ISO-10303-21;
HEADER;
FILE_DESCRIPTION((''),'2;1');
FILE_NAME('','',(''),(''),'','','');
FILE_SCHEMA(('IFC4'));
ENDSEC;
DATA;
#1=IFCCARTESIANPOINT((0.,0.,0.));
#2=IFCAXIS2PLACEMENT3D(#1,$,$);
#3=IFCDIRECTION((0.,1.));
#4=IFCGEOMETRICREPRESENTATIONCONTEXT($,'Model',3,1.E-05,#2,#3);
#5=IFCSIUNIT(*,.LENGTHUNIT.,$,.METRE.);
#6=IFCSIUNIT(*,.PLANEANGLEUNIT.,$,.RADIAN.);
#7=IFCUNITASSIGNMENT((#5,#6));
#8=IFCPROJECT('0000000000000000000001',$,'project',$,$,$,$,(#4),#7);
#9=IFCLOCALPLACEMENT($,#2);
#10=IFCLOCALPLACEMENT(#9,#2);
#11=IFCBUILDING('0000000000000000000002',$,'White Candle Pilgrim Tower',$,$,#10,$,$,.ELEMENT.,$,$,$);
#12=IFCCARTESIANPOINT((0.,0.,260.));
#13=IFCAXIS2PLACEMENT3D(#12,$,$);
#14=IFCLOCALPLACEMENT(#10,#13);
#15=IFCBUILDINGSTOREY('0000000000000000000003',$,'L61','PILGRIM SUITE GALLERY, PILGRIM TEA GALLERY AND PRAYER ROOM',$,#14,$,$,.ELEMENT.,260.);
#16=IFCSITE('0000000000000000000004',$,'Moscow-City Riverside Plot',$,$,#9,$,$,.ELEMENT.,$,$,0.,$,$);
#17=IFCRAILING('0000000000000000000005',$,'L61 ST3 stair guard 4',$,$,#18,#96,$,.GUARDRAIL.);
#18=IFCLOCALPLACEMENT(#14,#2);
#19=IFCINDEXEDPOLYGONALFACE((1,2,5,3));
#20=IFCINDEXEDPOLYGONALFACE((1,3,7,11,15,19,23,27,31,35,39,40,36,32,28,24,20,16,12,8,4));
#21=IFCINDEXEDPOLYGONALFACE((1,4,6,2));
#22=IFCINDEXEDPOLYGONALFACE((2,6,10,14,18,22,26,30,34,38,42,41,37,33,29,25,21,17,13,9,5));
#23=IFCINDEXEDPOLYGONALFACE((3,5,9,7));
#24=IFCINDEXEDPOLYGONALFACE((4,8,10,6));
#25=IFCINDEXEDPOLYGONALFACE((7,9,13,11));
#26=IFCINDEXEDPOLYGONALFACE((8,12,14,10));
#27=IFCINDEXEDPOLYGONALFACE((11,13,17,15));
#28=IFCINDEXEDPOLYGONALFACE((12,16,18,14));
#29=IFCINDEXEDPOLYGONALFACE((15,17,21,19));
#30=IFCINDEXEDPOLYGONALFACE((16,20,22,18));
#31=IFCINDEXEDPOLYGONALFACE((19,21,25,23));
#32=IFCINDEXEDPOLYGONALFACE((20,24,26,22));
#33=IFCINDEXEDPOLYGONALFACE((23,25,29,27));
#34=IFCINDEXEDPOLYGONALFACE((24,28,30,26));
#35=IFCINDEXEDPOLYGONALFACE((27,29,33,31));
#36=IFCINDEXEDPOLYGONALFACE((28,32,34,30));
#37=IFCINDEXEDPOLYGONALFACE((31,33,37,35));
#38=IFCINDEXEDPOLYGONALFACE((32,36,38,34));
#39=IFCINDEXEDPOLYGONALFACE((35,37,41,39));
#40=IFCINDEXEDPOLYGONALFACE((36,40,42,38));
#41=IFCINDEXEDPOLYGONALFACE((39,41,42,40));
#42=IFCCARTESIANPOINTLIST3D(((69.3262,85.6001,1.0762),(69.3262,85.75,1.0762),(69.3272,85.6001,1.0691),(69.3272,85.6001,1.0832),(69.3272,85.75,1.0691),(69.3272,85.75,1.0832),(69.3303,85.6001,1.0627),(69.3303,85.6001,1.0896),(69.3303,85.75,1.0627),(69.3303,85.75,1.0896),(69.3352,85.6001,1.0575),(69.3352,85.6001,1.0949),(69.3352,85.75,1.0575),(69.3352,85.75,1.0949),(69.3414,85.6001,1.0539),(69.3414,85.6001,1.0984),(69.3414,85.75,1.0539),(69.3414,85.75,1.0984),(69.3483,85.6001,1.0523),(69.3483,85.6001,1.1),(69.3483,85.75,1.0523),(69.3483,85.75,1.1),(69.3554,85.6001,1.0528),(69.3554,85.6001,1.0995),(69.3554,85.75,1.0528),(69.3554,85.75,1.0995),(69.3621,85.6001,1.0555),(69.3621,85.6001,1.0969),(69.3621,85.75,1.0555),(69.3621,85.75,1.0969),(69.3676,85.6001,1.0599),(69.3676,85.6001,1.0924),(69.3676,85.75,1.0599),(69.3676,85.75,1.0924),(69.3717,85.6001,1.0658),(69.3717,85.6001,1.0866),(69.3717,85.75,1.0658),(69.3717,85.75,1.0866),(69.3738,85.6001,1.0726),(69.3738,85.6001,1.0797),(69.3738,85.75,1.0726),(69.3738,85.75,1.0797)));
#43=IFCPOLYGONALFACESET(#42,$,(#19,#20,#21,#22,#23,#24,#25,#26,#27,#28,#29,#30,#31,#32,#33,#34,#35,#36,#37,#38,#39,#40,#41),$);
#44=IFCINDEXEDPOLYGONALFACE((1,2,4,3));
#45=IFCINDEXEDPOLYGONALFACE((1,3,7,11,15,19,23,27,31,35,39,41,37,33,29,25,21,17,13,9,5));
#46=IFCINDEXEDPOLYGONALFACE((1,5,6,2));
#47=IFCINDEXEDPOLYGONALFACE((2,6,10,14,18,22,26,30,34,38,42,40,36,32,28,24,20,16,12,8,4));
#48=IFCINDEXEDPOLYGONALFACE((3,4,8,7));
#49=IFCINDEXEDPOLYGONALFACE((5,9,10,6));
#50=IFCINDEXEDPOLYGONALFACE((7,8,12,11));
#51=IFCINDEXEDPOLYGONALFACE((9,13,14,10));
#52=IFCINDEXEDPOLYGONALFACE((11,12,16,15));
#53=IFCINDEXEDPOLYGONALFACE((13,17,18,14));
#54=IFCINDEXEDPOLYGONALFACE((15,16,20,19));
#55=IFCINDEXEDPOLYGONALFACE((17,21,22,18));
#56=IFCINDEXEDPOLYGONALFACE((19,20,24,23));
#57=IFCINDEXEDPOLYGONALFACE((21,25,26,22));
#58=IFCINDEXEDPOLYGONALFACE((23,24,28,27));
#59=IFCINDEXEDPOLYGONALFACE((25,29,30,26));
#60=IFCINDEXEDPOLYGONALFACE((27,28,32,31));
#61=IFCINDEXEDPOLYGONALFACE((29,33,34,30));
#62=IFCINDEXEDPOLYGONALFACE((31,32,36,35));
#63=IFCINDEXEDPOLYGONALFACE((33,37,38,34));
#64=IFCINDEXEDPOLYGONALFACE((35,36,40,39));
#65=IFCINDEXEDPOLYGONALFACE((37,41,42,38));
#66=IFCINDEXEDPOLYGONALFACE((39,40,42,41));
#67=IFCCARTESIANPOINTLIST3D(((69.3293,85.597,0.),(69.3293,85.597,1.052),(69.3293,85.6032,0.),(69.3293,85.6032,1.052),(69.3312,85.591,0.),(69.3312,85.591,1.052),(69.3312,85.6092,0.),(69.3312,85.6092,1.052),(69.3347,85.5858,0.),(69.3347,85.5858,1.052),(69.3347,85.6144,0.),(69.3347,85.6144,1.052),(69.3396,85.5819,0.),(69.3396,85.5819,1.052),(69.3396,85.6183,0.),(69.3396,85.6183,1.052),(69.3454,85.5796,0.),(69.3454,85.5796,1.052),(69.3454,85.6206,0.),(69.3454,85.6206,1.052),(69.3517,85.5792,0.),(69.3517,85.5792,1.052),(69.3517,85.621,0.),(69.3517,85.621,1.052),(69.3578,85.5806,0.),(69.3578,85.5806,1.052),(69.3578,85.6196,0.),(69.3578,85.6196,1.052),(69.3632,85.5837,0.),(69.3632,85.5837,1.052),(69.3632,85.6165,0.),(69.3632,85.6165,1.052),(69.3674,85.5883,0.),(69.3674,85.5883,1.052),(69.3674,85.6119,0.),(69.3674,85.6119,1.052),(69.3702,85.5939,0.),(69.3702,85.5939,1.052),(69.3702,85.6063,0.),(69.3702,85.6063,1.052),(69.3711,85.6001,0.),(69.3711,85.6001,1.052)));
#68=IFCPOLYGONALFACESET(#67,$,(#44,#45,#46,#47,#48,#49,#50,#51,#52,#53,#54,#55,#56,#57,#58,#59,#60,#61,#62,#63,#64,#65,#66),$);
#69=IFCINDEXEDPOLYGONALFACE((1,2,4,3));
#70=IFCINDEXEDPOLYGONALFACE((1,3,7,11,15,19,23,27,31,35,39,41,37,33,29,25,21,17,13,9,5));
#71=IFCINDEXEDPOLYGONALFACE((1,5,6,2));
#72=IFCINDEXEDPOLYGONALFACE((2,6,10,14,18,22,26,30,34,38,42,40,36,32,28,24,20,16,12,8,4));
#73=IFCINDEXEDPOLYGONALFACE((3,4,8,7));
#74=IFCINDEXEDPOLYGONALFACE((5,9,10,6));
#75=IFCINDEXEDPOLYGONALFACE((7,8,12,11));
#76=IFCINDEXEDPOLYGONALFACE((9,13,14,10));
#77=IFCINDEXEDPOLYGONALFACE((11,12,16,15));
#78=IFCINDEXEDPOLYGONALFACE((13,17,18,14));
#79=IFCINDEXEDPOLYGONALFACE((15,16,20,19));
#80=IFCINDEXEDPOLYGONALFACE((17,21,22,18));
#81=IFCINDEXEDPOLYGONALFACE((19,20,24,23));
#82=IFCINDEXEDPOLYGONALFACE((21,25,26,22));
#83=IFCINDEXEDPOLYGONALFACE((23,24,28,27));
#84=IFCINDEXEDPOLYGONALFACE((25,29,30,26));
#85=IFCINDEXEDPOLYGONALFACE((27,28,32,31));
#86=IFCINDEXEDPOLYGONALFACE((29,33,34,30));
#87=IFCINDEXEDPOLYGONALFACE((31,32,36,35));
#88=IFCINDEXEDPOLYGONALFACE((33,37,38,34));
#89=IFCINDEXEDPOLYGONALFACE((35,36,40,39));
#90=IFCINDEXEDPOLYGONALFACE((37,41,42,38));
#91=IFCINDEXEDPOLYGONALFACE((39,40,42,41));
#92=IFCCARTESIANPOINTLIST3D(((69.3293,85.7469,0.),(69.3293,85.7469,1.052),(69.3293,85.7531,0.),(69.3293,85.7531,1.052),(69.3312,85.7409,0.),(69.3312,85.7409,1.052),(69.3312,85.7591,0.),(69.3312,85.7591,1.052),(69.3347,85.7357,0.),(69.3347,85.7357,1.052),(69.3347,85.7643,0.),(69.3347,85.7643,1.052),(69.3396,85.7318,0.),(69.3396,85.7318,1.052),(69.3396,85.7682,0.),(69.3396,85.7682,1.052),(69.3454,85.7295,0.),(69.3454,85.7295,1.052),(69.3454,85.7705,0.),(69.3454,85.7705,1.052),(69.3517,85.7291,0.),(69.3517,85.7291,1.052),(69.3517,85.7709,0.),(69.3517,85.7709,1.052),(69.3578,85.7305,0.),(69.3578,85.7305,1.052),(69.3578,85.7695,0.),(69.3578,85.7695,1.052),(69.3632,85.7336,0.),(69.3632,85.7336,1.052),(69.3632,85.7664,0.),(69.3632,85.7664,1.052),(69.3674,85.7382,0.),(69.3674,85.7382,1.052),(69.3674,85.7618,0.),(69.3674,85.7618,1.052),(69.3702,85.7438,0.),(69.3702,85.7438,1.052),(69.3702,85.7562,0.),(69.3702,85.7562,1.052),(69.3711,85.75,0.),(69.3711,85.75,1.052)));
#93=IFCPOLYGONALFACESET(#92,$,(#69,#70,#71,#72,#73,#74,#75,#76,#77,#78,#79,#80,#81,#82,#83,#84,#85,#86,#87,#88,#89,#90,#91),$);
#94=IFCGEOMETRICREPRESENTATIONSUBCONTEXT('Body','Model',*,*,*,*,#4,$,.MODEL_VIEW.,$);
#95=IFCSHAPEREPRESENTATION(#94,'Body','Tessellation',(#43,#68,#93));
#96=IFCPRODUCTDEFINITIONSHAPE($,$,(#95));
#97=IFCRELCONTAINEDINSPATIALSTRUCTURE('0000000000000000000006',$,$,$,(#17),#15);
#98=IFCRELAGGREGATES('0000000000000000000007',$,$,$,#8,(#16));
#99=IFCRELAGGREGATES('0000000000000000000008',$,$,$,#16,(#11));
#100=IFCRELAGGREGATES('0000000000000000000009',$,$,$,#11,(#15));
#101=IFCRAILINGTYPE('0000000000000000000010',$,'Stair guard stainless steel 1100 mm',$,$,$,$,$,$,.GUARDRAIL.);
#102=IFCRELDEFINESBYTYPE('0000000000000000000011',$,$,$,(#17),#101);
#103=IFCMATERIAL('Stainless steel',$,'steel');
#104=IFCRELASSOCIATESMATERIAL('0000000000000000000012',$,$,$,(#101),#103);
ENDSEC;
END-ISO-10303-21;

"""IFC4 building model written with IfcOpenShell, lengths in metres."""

from ifc_helpers import new_model, si_unit, direction, frame, origin, origin_2d, place, context, subcontext, project, spatial, circle, extrude, material, type_object, element, save


model = new_model("IFC4")

# Units and contexts
model_context = context("Model", 3, precision=1e-05, world=origin(), true_north=direction((0.0, 1.0)))
body_context = subcontext(model_context, "Body", "Model", "MODEL_VIEW")
ifc_project = project(units=[si_unit("LENGTHUNIT", "METRE"), si_unit("PLANEANGLEUNIT", "RADIAN")], contexts=[model_context])

# Site, building, storey
site_placement = place(None, origin())
site = spatial("IfcSite", under=ifc_project, at=site_placement, Name="Moscow-City Riverside Plot", CompositionType="ELEMENT", RefElevation=0.0)
building_placement = place(site_placement, origin())
building = spatial("IfcBuilding", under=site, at=building_placement, Name="White Candle Pilgrim Tower", CompositionType="ELEMENT")
storey_placement = place(building_placement, frame((0.0, 0.0, 260.0)))
storey = spatial("IfcBuildingStorey", under=building, at=storey_placement, Name="L61", Description="PILGRIM SUITE GALLERY, PILGRIM TEA GALLERY AND PRAYER ROOM", CompositionType="ELEMENT", Elevation=260.0)

# Railing
ifc_material_1 = material(Name="Stainless steel", Category="steel")
railing_type_1 = type_object("IfcRailingType", Name="Stair guard stainless steel 1100 mm", PredefinedType="GUARDRAIL", material=ifc_material_1)
railing_1_placement = place(storey_placement, frame((69.3501, 85.6001, 0.0)))
element("IfcRailing", 1, at=railing_1_placement, inside=storey, type_object=railing_type_1, Name="L61 ST3 stair guard 4", PredefinedType="GUARDRAIL", context=body_context, shape_type="SweptSolid", body=[
    extrude(circle(Radius=0.0239, at=origin_2d()), frame((0.0, 0.0, 1.0762), z_axis=(0.0, 1.0, 0.0), x_axis=(-1.0, 0.0, 0.0)), (0.0, 0.0, 1.0), 0.1499),
    extrude(circle(Radius=0.021, at=origin_2d()), origin(), (0.0, 0.0, 1.0), 1.052),
    extrude(circle(Radius=0.021, at=origin_2d()), frame((0.0, 0.1499, 0.0)), (0.0, 0.0, 1.0), 1.052),
])

save(model, "model.ifc")
